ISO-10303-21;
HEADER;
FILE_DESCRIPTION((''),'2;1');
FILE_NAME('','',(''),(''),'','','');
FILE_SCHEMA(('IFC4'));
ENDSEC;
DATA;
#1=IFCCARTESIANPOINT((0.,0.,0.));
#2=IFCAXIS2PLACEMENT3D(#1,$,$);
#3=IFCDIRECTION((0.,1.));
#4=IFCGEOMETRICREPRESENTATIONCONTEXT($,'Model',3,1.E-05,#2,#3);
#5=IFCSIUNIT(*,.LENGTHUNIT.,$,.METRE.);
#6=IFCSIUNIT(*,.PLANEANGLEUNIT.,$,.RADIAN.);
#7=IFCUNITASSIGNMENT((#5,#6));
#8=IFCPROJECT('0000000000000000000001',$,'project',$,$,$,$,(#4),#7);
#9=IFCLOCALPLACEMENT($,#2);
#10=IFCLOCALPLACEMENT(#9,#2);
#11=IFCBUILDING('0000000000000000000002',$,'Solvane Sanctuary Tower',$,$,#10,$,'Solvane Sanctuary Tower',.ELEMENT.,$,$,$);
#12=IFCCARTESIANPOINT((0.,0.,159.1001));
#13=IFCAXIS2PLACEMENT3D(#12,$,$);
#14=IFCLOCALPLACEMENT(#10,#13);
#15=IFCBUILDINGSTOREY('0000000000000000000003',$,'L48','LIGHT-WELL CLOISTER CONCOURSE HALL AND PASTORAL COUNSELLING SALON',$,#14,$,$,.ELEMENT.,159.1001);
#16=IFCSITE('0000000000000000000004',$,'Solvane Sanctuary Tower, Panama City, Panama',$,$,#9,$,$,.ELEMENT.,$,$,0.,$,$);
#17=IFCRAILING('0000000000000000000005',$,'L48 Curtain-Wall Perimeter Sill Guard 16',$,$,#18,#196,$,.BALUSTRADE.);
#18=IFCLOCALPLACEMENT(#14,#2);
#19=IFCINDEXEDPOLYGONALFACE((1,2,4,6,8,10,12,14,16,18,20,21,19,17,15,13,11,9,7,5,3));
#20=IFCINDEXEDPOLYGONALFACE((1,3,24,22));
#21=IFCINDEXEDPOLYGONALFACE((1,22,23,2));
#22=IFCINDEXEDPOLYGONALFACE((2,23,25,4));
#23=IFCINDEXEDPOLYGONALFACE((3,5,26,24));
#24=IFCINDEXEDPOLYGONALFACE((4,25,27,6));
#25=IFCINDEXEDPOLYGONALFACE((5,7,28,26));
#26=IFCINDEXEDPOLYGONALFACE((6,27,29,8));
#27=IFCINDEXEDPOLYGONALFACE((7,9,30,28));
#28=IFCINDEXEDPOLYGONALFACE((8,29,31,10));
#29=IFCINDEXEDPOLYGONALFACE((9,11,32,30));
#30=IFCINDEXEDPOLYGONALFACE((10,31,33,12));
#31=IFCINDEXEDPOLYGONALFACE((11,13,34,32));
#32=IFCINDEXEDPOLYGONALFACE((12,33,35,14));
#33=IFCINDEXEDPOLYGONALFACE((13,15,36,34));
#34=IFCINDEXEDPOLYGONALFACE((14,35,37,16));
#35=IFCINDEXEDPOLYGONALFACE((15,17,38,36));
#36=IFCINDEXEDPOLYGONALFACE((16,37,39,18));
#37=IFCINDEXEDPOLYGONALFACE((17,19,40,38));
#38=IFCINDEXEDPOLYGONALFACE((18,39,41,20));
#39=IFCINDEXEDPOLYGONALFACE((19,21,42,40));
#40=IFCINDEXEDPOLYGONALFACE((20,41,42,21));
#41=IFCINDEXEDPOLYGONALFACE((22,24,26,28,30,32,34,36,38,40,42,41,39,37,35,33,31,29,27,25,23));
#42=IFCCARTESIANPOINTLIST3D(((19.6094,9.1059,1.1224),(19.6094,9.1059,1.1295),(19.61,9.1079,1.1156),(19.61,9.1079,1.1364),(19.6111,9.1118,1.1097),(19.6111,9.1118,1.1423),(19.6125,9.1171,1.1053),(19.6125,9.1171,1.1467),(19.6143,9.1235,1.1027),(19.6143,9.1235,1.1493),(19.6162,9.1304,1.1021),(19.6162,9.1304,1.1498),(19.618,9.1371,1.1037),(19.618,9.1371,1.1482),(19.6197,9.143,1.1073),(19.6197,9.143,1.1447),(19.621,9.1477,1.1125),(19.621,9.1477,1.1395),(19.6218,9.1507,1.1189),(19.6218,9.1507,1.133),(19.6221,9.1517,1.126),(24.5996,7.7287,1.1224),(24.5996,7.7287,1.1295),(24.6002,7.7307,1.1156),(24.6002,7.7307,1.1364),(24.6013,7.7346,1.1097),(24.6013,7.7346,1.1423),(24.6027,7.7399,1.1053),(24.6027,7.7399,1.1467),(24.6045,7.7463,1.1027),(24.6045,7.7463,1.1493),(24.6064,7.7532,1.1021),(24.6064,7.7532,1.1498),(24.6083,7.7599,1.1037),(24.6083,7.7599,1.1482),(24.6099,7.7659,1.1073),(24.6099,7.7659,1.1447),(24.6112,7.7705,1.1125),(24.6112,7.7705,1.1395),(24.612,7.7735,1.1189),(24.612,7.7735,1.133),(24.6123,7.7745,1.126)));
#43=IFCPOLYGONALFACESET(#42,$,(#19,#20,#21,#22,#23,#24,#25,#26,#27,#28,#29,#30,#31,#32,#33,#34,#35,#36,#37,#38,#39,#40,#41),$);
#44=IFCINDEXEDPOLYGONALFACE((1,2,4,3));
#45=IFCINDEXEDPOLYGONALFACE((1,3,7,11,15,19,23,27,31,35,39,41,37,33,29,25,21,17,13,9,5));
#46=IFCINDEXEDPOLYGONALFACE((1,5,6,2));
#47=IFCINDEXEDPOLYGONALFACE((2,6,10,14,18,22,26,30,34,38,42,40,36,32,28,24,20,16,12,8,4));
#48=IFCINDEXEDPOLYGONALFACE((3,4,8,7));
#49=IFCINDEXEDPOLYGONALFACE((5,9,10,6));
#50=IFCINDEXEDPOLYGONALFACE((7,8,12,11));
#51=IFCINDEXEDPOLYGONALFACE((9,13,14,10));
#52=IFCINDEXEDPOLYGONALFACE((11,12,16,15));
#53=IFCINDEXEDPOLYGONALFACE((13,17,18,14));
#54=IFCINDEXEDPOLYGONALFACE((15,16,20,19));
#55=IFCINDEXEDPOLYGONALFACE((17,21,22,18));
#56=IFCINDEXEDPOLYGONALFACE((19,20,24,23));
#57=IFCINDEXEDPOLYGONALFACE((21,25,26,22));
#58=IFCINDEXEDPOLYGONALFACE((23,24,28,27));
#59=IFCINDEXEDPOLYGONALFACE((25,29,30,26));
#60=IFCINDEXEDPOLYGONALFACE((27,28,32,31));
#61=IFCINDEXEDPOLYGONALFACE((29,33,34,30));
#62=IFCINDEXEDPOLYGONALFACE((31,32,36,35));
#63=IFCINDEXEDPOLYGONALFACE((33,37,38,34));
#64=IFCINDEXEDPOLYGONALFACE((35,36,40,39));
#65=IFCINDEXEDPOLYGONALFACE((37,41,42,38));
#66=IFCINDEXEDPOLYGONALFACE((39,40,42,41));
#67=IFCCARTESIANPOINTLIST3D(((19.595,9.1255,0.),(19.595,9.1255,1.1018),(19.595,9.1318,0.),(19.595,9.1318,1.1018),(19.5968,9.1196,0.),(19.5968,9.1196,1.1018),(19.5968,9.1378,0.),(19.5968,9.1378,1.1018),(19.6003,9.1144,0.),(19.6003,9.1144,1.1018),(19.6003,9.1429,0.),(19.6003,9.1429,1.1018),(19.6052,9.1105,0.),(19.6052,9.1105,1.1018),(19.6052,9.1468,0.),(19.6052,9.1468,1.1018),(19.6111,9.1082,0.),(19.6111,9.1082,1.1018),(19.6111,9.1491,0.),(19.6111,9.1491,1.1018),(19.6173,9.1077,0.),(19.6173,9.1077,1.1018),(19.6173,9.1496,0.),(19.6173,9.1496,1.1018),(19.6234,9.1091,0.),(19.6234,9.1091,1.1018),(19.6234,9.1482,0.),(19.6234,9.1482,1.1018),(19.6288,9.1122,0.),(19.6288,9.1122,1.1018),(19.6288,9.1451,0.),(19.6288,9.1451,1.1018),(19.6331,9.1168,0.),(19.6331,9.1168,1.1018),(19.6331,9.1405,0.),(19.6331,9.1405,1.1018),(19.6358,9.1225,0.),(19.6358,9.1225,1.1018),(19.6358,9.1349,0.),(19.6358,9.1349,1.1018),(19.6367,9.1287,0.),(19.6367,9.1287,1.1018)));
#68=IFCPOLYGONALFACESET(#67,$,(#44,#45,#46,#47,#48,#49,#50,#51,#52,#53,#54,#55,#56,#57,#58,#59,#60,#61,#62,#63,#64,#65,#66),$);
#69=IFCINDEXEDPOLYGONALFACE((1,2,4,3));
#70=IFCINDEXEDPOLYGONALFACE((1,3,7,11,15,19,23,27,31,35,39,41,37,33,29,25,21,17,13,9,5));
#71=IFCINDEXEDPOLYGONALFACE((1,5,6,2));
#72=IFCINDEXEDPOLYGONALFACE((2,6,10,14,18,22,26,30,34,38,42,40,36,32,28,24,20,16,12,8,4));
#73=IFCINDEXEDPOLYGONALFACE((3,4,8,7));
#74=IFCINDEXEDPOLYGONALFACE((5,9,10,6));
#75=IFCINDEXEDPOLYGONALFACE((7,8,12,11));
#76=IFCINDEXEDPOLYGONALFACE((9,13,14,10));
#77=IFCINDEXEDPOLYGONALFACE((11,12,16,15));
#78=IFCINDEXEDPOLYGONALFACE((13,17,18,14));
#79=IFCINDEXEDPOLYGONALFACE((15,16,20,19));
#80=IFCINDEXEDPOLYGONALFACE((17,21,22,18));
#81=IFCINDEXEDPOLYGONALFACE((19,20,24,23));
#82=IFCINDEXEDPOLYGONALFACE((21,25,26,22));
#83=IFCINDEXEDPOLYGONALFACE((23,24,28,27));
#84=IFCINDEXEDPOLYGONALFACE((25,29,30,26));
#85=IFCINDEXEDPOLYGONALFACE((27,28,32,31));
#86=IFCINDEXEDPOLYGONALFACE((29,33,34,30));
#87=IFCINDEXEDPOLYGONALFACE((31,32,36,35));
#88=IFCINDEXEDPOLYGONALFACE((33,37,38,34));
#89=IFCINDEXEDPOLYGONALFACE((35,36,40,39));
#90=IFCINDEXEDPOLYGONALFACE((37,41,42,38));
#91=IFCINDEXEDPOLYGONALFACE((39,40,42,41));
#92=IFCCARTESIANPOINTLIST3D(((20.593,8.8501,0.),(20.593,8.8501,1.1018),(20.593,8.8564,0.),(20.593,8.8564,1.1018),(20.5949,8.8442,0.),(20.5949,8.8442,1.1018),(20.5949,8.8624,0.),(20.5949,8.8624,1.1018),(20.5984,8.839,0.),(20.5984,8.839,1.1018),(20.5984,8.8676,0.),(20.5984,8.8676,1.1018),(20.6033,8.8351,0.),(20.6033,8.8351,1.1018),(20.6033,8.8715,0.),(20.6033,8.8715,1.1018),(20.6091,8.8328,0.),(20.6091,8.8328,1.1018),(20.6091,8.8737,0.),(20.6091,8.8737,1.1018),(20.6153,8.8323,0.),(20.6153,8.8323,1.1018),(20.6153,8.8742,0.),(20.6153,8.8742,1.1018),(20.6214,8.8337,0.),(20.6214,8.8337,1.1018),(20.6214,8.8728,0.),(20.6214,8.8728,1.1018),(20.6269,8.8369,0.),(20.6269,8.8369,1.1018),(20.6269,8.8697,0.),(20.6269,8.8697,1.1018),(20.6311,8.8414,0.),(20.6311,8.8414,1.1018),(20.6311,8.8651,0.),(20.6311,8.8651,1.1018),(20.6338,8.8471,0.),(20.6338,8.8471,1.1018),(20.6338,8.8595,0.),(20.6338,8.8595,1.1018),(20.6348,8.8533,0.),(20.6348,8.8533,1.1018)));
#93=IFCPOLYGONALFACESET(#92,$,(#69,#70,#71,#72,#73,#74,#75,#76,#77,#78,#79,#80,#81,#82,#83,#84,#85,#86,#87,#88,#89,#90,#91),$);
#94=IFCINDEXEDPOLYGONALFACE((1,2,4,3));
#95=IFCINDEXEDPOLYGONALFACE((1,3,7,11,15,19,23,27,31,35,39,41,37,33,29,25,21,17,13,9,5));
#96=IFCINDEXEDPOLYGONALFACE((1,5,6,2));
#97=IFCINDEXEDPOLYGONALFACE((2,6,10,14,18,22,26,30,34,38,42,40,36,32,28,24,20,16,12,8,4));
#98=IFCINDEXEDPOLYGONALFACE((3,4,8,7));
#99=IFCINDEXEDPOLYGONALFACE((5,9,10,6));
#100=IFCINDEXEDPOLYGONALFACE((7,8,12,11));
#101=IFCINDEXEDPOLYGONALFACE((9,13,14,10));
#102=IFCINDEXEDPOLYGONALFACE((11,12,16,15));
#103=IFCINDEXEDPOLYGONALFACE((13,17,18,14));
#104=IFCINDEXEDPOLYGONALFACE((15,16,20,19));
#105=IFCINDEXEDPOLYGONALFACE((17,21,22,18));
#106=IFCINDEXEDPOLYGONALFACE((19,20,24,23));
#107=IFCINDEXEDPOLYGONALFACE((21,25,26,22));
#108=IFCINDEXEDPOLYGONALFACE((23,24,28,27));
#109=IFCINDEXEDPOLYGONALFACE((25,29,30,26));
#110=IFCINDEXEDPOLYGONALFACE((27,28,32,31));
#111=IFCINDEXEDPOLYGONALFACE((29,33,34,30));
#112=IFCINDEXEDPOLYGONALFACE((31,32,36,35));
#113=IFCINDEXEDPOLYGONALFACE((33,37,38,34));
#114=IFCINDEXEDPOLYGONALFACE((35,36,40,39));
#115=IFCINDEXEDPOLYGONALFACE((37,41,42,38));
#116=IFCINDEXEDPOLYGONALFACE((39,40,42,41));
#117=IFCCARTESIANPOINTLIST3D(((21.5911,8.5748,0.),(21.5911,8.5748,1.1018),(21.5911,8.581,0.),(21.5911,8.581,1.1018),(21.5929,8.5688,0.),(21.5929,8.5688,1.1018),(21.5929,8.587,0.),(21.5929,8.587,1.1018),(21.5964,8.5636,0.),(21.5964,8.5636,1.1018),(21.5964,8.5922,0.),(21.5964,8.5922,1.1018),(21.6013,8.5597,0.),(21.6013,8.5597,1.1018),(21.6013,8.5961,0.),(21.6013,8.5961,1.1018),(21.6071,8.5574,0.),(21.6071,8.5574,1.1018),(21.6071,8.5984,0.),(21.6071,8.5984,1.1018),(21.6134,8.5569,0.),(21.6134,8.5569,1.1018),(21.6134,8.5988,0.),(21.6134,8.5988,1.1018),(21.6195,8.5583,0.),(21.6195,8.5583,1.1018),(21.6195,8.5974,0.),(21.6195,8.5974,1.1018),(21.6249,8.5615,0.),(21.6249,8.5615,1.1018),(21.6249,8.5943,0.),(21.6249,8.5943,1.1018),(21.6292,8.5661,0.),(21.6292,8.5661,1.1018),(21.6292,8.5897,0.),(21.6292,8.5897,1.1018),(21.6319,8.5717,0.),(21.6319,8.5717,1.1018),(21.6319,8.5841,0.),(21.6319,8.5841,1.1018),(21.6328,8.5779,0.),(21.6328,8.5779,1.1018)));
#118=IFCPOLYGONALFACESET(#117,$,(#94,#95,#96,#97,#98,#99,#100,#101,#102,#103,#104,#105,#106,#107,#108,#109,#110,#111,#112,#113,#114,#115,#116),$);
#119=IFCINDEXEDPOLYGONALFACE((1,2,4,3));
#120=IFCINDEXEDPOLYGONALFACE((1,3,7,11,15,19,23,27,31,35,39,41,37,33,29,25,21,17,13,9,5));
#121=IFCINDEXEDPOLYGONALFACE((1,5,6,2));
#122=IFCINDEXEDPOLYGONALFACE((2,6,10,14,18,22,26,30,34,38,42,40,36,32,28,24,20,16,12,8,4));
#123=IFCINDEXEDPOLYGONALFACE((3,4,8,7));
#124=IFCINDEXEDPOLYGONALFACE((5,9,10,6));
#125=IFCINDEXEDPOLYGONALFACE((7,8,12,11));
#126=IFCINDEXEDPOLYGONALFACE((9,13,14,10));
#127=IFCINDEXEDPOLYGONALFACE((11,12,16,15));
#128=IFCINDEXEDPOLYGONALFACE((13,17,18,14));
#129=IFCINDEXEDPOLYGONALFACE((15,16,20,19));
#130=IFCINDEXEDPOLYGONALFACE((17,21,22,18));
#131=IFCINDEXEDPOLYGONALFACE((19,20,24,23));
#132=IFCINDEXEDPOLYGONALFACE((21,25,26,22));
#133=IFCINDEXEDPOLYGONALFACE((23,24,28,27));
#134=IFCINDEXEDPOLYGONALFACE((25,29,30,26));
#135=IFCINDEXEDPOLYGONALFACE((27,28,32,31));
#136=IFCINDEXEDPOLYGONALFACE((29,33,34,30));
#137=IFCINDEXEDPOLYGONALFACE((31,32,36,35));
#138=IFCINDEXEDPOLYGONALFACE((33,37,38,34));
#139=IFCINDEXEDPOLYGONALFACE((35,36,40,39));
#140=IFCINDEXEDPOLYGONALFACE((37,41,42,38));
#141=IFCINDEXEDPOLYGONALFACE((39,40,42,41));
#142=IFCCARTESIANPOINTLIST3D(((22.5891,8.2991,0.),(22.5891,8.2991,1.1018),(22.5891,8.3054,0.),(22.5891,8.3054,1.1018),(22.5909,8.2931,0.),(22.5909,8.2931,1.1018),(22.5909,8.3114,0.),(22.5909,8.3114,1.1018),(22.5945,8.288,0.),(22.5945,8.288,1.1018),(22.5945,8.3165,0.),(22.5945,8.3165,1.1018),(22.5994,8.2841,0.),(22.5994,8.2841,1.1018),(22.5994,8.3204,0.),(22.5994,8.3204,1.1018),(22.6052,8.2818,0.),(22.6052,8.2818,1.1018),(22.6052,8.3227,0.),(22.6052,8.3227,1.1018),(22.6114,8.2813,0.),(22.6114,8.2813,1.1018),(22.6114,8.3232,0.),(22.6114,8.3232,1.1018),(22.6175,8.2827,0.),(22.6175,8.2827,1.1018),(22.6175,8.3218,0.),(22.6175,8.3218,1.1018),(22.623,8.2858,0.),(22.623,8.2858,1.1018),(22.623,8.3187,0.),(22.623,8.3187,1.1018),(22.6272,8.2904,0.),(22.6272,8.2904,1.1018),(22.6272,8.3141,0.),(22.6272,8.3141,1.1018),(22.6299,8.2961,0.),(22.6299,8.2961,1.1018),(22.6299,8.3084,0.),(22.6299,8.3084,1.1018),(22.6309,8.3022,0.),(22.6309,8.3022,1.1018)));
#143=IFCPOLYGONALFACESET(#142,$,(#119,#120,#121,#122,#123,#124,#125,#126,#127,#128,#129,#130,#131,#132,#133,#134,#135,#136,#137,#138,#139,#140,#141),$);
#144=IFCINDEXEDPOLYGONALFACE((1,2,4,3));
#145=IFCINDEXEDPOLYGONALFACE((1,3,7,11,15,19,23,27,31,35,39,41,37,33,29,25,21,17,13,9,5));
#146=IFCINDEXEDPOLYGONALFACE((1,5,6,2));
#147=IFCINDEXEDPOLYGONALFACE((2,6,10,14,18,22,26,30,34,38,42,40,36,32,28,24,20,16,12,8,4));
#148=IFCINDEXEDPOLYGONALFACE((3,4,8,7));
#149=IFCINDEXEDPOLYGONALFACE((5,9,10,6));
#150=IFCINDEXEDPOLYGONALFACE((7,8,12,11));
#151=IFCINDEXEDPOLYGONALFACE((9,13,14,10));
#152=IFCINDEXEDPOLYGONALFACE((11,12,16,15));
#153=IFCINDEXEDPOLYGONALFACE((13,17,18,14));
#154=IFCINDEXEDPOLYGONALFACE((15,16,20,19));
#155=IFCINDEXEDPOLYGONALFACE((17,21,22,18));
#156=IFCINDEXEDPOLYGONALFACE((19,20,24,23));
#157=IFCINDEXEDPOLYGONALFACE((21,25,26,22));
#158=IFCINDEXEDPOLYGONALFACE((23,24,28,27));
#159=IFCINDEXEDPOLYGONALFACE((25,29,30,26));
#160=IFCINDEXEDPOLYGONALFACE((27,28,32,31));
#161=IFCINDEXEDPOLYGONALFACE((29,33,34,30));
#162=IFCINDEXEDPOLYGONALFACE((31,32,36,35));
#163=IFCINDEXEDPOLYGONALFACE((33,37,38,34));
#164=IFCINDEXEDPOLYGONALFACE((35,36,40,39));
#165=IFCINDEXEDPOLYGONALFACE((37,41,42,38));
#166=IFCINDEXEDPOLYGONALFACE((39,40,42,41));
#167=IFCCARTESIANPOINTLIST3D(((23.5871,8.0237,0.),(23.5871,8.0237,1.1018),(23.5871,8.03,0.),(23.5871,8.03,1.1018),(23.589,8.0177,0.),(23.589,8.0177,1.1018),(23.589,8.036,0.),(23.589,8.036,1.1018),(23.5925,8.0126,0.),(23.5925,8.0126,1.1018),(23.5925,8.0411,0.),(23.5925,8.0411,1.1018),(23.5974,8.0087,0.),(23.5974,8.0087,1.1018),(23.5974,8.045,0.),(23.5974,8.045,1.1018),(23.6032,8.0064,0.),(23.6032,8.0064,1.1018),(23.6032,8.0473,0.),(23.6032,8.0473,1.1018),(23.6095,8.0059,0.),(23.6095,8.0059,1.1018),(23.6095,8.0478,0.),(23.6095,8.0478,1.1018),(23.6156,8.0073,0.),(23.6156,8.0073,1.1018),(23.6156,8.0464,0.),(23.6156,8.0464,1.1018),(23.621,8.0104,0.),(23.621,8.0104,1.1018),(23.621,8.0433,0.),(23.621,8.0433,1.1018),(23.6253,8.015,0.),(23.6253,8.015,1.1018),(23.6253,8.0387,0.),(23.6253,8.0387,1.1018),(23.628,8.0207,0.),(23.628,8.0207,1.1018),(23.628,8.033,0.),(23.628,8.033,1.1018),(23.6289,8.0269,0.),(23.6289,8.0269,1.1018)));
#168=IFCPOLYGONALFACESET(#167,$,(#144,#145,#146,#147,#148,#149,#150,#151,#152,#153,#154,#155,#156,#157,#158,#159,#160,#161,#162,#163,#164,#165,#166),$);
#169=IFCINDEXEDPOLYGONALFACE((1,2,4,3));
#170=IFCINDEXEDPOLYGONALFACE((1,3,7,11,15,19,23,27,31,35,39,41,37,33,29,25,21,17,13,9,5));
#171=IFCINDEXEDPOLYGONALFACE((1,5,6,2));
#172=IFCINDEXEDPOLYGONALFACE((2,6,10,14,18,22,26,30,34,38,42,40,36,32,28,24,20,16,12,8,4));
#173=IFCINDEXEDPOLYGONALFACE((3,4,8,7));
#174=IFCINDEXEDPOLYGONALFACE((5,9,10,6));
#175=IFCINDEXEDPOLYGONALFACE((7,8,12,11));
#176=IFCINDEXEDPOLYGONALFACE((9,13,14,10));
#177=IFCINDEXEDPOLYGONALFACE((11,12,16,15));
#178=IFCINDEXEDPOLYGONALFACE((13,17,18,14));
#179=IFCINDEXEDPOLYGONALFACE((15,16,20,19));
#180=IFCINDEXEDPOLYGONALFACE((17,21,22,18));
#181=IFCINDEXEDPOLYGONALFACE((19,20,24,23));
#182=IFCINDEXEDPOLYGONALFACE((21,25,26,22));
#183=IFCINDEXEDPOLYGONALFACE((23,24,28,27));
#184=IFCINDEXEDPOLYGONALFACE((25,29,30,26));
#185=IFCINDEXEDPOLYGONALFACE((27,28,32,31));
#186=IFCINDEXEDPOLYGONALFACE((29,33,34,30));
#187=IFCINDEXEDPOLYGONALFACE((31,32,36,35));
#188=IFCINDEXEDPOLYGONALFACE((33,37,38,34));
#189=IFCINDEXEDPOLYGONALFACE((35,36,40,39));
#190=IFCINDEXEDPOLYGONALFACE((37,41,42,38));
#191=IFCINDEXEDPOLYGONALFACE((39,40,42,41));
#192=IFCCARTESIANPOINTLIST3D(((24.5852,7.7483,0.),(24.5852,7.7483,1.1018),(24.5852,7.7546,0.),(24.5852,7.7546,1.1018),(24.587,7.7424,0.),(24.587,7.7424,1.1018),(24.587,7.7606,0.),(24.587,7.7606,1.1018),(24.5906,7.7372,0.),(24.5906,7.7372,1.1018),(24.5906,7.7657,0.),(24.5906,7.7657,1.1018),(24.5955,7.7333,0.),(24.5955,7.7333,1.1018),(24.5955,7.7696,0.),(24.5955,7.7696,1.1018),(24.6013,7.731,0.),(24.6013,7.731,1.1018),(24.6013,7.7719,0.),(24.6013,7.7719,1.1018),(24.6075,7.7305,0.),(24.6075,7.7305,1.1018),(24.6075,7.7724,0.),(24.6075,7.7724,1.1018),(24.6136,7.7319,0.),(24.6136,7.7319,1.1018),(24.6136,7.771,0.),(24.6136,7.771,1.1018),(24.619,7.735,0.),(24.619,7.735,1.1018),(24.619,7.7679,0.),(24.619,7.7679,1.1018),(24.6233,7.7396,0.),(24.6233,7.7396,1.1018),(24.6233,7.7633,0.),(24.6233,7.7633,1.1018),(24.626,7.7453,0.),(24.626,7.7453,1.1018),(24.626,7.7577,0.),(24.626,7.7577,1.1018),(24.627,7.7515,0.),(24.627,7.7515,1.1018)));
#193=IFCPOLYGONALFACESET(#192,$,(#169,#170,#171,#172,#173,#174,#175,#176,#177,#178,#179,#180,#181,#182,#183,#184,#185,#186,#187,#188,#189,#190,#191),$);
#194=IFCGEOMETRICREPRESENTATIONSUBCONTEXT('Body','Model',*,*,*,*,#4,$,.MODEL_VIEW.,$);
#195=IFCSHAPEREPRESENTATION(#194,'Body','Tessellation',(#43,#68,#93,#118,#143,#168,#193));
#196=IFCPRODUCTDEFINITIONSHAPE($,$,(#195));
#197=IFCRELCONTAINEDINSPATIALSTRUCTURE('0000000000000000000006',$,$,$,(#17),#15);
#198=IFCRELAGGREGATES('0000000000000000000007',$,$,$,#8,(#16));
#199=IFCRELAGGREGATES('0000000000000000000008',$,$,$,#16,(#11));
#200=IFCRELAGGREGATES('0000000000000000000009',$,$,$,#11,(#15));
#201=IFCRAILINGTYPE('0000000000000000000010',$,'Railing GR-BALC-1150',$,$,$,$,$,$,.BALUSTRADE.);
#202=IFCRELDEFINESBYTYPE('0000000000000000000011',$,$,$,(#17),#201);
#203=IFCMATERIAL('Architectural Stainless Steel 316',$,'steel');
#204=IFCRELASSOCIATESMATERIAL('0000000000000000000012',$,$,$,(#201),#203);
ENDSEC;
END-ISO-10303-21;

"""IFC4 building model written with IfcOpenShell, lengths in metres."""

from ifc_helpers import new_model, si_unit, direction, frame, origin, origin_2d, place, context, subcontext, project, spatial, circle, extrude, material, type_object, element, save


model = new_model("IFC4")

# Units and contexts
model_context = context("Model", 3, precision=1e-05, world=origin(), true_north=direction((0.0, 1.0)))
body_context = subcontext(model_context, "Body", "Model", "MODEL_VIEW")
ifc_project = project(units=[si_unit("LENGTHUNIT", "METRE"), si_unit("PLANEANGLEUNIT", "RADIAN")], contexts=[model_context])

# Site, building, storey
site_placement = place(None, origin())
site = spatial("IfcSite", under=ifc_project, at=site_placement, Name="Solvane Sanctuary Tower, Panama City, Panama", CompositionType="ELEMENT", RefElevation=0.0)
building_placement = place(site_placement, origin())
building = spatial("IfcBuilding", under=site, at=building_placement, Name="Solvane Sanctuary Tower", LongName="Solvane Sanctuary Tower", CompositionType="ELEMENT")
storey_placement = place(building_placement, frame((0.0, 0.0, 159.1001)))
storey = spatial("IfcBuildingStorey", under=building, at=storey_placement, Name="L48", Description="LIGHT-WELL CLOISTER CONCOURSE HALL AND PASTORAL COUNSELLING SALON", CompositionType="ELEMENT", Elevation=159.1001)

# Railing
ifc_material_1 = material(Name="Architectural Stainless Steel 316", Category="steel")
railing_type = type_object("IfcRailingType", Name="Railing GR-BALC-1150", PredefinedType="BALUSTRADE", material=ifc_material_1)
railing_placement = place(storey_placement, frame((19.6157, 9.1287, 0.0)))
element("IfcRailing", 1, at=railing_placement, inside=storey, type_object=railing_type, Name="L48 Curtain-Wall Perimeter Sill Guard 16", PredefinedType="BALUSTRADE", context=body_context, shape_type="SweptSolid", body=[
    extrude(circle(Radius=0.0239, at=origin_2d()), frame((0.0, 0.0, 1.126), z_axis=(0.963964, -0.266033, 0.0), x_axis=(0.266033, 0.963964, 0.0)), (0.0, 0.0, 1.0), 5.1768),
    extrude(circle(Radius=0.021, at=origin_2d()), origin(), (0.0, 0.0, 1.0), 1.1018),
    extrude(circle(Radius=0.021, at=origin_2d()), frame((0.998, -0.2754, 0.0)), (0.0, 0.0, 1.0), 1.1018),
    extrude(circle(Radius=0.021, at=origin_2d()), frame((1.9961, -0.5508, 0.0)), (0.0, 0.0, 1.0), 1.1018),
    extrude(circle(Radius=0.021, at=origin_2d()), frame((2.9941, -0.8264, 0.0)), (0.0, 0.0, 1.0), 1.1018),
    extrude(circle(Radius=0.021, at=origin_2d()), frame((3.9922, -1.1018, 0.0)), (0.0, 0.0, 1.0), 1.1018),
    extrude(circle(Radius=0.021, at=origin_2d()), frame((4.9902, -1.3772, 0.0)), (0.0, 0.0, 1.0), 1.1018),
])

save(model, "model.ifc")
